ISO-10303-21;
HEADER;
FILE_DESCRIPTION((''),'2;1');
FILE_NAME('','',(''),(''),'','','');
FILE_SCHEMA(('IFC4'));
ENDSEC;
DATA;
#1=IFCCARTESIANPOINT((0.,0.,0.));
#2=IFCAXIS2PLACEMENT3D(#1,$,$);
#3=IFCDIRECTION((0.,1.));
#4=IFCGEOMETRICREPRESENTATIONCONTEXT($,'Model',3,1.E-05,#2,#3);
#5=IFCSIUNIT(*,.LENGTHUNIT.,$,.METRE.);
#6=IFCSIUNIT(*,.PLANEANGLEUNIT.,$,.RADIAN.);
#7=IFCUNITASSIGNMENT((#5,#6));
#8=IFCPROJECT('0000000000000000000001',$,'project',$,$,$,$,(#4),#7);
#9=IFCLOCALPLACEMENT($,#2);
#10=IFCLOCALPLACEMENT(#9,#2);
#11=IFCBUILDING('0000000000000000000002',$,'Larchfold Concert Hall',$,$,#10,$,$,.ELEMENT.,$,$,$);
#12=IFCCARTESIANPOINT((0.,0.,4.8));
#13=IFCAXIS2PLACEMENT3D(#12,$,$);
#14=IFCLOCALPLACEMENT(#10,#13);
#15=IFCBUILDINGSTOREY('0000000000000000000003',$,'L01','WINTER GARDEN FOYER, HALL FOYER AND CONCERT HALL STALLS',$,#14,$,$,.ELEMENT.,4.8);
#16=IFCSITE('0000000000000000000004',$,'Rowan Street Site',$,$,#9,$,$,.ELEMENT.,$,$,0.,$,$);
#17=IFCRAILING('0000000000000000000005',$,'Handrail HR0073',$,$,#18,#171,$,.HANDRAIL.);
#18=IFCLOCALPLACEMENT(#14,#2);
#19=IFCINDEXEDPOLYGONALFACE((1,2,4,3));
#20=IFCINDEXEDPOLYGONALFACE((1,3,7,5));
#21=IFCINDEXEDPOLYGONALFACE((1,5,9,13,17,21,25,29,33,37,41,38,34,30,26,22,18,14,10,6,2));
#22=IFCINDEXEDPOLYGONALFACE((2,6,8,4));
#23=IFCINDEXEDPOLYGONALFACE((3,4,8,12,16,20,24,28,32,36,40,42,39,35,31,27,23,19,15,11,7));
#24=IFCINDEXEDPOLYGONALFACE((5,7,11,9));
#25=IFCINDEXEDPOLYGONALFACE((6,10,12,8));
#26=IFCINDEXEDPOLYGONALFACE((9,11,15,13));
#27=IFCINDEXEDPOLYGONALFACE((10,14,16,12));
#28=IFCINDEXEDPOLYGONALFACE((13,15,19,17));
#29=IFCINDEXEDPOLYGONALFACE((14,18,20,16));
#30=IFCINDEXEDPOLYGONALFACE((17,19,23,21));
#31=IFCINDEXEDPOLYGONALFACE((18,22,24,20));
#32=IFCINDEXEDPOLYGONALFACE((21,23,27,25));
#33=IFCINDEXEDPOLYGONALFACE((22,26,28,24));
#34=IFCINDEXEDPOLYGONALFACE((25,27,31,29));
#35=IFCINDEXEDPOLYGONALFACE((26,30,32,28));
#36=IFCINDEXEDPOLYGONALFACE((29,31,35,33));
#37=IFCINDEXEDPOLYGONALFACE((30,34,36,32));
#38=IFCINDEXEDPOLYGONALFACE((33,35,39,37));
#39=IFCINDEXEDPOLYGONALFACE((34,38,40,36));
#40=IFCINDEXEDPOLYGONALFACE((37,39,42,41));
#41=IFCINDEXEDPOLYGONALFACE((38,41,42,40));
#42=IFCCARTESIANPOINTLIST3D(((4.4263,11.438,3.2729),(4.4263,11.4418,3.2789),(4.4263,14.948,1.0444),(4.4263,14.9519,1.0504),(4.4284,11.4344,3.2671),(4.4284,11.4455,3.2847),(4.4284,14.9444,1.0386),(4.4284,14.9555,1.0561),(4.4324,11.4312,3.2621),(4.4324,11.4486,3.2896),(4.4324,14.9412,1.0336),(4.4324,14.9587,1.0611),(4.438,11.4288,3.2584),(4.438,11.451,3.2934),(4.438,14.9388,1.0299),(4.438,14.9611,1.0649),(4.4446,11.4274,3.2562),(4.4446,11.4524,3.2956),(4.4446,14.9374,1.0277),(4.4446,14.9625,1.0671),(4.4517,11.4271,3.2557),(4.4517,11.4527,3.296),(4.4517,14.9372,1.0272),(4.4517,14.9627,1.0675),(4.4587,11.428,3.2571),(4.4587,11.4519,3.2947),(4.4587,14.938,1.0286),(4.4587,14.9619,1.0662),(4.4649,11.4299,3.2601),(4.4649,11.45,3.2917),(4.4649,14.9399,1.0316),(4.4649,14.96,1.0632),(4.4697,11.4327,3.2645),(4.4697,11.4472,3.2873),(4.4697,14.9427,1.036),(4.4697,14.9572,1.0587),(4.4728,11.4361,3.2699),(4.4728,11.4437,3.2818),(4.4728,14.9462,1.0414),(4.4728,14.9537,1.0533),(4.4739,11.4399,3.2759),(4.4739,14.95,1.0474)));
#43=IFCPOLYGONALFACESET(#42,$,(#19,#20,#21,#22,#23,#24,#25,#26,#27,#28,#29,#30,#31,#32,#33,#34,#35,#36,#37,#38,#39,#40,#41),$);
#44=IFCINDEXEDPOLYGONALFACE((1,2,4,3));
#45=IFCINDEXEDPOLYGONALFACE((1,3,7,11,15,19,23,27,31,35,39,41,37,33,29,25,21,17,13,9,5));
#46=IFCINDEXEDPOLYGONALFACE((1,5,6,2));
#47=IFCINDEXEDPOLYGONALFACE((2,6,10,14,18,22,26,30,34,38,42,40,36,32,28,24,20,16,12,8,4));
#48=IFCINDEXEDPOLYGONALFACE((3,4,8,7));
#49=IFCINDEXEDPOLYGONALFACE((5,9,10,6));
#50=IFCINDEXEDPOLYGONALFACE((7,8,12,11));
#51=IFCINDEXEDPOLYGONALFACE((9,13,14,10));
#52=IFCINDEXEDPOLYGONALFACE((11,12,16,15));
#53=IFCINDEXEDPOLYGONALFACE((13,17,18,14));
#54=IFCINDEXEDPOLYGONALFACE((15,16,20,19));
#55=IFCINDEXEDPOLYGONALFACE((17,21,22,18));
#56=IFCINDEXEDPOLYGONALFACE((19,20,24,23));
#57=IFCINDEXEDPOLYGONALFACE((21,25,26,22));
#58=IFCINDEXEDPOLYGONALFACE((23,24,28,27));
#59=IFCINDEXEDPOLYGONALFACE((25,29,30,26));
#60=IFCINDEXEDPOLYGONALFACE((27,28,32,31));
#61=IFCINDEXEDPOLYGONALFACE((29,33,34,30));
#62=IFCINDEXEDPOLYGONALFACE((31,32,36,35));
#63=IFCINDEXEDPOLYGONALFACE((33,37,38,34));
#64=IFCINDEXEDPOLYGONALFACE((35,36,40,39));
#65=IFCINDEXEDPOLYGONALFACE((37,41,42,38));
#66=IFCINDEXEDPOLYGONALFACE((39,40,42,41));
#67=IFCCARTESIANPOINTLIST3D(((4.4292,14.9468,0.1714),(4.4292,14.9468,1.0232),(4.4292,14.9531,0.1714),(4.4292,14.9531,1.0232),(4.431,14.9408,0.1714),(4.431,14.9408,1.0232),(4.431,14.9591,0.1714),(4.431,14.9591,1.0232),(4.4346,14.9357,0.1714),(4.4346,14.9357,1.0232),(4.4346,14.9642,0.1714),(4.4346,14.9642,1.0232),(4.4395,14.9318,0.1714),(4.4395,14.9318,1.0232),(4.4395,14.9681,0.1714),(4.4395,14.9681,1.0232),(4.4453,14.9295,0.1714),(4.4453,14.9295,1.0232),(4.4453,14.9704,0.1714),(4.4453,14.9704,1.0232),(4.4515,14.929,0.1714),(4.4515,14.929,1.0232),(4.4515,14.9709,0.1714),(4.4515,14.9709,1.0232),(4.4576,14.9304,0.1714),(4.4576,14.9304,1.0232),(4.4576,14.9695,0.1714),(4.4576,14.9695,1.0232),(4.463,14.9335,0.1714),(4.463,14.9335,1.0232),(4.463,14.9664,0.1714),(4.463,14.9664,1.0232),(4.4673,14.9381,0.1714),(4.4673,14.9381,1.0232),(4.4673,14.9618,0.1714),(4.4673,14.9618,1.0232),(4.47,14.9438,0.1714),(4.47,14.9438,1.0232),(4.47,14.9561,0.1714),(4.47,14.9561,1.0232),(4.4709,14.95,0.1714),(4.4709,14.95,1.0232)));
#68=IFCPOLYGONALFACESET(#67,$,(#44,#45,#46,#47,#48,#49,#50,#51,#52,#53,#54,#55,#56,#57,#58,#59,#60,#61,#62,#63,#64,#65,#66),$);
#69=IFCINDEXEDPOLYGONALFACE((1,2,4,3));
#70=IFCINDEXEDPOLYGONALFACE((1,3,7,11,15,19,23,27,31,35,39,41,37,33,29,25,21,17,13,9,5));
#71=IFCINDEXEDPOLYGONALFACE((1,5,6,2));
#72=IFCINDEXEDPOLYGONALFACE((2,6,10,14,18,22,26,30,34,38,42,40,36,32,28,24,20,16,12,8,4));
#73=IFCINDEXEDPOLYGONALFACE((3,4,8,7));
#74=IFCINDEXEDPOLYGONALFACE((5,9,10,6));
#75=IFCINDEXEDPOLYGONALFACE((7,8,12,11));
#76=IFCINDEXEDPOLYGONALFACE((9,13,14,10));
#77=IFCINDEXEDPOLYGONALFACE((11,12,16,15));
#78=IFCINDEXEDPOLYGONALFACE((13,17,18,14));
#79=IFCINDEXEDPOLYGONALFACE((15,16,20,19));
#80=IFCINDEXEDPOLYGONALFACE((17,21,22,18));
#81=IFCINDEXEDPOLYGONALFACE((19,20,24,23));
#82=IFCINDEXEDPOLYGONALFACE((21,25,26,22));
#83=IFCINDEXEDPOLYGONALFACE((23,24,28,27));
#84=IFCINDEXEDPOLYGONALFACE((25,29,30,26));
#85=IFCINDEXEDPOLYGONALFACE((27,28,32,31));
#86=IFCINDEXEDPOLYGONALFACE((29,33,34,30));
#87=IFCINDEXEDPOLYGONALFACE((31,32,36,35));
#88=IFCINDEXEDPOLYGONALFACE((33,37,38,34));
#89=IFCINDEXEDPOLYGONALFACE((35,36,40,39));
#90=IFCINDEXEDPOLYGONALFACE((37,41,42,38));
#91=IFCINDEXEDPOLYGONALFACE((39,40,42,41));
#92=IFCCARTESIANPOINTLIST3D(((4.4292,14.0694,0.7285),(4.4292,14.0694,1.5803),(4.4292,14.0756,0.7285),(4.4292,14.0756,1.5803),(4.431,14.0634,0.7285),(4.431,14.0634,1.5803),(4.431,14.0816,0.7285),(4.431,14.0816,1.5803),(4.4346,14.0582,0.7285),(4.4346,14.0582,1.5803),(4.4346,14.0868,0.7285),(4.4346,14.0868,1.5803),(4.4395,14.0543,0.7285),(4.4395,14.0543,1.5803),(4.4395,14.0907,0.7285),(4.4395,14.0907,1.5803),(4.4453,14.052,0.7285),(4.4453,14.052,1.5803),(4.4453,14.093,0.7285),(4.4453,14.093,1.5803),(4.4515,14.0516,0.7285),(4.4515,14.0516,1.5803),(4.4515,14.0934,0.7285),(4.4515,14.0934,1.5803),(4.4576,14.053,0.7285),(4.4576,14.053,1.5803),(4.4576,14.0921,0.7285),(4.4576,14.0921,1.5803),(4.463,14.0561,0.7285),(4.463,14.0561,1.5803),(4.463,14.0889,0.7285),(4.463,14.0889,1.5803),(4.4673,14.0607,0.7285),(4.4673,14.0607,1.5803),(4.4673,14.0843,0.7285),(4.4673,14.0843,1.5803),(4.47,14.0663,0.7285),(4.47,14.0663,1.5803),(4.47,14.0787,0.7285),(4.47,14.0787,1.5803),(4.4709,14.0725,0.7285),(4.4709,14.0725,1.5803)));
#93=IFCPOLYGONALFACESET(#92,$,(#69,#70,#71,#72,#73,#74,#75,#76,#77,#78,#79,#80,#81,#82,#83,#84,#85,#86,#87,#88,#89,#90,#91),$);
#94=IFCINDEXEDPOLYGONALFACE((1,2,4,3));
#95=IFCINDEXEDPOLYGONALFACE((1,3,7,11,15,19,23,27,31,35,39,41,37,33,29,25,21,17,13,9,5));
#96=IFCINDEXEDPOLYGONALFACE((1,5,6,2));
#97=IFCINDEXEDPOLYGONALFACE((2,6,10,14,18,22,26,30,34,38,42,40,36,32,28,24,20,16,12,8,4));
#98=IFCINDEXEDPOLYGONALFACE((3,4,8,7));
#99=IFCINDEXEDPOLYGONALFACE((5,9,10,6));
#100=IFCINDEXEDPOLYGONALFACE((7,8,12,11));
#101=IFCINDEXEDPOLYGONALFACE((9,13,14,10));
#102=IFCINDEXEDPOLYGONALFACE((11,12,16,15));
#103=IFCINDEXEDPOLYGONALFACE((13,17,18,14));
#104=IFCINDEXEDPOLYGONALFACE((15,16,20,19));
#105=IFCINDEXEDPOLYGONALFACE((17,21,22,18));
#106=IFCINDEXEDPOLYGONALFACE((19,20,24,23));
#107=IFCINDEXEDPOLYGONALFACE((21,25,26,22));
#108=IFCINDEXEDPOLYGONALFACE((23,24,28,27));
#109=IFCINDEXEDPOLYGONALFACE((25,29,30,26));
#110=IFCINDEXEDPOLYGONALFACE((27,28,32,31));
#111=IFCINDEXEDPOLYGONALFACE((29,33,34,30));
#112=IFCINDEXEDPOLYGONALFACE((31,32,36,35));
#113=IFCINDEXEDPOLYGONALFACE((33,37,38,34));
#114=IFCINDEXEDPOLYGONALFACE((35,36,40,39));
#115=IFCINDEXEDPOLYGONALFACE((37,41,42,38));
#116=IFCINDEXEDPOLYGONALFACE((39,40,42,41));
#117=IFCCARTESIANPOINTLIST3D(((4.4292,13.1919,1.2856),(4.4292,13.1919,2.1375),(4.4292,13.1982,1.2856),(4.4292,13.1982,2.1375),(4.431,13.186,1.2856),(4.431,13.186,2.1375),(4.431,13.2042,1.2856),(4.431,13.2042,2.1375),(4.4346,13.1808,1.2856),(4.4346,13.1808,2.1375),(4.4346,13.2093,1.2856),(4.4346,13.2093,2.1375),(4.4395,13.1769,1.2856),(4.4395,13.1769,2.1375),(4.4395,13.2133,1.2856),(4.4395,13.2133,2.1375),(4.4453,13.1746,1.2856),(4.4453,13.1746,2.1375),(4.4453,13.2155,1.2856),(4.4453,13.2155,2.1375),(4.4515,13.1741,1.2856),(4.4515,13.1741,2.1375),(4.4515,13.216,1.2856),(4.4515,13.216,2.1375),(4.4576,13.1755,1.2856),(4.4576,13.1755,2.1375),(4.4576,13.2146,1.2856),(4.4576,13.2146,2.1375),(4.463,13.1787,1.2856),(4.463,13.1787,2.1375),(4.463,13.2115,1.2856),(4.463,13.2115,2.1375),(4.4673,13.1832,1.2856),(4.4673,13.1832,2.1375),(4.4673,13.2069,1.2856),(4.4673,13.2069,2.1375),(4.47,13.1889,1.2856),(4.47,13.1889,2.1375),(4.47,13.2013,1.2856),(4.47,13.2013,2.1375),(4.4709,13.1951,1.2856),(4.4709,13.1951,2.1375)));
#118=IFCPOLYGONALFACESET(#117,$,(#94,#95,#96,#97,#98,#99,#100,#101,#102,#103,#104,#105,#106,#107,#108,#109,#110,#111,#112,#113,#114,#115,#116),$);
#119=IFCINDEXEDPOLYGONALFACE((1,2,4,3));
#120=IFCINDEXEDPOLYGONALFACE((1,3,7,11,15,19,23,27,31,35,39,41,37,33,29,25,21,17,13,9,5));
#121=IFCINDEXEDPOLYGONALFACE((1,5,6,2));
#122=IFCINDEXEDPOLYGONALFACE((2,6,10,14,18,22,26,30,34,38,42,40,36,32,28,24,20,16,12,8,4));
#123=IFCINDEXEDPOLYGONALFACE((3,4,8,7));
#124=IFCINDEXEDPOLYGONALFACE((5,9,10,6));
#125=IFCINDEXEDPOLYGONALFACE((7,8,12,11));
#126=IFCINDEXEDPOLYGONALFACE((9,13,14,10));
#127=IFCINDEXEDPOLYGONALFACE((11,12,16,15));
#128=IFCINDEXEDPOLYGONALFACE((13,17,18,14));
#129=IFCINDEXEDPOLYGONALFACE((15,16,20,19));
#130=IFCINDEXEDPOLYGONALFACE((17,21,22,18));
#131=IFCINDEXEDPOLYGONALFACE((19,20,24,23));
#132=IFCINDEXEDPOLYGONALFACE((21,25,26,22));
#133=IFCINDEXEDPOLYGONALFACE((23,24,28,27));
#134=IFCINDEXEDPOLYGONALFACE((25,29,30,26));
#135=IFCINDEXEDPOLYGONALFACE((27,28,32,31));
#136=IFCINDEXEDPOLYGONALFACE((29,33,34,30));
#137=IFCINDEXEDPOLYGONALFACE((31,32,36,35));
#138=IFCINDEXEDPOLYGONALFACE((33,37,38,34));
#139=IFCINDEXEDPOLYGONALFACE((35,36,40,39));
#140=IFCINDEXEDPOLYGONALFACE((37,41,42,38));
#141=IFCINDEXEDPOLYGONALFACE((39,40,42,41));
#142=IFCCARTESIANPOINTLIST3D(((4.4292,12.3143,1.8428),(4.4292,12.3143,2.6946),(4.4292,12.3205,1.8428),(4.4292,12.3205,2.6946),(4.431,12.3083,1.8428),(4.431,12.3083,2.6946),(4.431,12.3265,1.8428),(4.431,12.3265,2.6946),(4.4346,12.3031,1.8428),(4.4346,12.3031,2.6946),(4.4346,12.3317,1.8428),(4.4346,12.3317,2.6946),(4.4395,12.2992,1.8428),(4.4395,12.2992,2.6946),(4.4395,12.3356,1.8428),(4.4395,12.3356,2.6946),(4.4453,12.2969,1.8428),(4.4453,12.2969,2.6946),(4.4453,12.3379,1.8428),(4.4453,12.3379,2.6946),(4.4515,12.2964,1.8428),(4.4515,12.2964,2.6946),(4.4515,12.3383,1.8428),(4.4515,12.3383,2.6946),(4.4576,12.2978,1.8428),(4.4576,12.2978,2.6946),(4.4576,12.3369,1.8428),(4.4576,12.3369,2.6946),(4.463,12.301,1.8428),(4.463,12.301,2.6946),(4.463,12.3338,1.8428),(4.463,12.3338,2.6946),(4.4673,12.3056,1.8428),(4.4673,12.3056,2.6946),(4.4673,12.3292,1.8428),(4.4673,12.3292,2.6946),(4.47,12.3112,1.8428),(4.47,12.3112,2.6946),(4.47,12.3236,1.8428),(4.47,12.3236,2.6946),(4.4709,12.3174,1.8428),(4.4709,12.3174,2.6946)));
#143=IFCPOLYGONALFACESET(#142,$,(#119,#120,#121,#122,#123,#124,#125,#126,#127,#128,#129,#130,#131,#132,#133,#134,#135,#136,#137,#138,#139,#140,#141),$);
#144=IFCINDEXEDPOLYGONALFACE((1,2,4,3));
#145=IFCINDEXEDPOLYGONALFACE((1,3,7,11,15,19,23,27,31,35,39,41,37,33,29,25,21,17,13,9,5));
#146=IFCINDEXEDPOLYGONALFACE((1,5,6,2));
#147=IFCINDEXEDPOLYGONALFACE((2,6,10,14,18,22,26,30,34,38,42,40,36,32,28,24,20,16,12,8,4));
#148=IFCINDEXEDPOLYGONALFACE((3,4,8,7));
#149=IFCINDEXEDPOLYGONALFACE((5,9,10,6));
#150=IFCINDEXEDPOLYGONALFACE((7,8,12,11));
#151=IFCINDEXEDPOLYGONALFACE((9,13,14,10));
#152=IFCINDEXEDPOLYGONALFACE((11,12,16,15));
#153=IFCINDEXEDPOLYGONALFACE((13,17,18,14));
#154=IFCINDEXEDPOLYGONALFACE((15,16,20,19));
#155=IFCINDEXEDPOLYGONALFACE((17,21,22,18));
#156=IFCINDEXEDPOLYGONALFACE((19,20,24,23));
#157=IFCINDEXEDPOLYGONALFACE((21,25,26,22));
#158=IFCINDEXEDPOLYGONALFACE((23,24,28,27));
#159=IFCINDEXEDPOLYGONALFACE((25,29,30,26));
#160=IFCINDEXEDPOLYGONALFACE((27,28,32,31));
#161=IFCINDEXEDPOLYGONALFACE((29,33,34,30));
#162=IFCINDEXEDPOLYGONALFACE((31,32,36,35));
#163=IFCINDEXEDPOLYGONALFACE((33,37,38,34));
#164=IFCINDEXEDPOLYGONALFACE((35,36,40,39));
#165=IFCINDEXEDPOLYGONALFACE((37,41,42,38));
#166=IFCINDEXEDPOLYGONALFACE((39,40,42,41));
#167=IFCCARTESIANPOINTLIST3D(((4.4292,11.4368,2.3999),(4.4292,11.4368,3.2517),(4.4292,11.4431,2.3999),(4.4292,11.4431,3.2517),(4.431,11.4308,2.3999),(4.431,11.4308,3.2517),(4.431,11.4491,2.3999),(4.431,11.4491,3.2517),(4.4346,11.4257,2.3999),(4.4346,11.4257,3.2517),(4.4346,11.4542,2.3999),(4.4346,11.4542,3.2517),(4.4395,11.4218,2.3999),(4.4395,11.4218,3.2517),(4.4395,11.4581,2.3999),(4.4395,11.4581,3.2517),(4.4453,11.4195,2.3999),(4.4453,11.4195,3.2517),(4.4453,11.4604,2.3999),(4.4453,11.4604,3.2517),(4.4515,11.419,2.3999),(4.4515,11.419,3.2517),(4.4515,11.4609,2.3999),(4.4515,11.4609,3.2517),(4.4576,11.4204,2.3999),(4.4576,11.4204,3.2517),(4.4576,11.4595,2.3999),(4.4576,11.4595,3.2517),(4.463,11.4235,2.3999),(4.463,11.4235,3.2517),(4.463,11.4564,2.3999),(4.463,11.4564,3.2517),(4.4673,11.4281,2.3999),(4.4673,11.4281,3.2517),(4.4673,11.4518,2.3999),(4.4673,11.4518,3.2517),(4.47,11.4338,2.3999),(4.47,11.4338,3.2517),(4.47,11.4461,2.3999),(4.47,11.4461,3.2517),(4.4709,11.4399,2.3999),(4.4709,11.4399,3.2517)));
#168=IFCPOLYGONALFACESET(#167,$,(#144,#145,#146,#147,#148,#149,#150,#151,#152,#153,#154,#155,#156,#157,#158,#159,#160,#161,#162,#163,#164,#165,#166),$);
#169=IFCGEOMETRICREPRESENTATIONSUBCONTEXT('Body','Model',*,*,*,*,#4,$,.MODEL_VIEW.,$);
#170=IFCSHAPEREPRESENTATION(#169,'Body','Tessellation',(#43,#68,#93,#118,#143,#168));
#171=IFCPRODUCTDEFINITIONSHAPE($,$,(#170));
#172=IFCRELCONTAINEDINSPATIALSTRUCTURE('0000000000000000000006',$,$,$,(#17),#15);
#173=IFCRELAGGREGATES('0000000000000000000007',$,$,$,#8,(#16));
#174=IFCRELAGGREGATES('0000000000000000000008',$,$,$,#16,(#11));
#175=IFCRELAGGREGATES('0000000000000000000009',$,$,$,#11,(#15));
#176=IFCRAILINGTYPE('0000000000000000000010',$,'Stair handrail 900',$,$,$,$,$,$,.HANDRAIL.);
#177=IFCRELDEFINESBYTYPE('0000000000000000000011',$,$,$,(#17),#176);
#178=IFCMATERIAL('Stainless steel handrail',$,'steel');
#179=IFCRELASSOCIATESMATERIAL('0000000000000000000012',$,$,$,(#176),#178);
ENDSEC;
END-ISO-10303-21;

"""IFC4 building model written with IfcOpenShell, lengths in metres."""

from ifc_helpers import new_model, si_unit, direction, frame, origin, origin_2d, place, context, subcontext, project, spatial, circle, extrude, material, type_object, element, save


model = new_model("IFC4")

# Units and contexts
model_context = context("Model", 3, precision=1e-05, world=origin(), true_north=direction((0.0, 1.0)))
body_context = subcontext(model_context, "Body", "Model", "MODEL_VIEW")
ifc_project = project(units=[si_unit("LENGTHUNIT", "METRE"), si_unit("PLANEANGLEUNIT", "RADIAN")], contexts=[model_context])

# Site, building, storey
site_placement = place(None, origin())
site = spatial("IfcSite", under=ifc_project, at=site_placement, Name="Rowan Street Site", CompositionType="ELEMENT", RefElevation=0.0)
building_placement = place(site_placement, origin())
building = spatial("IfcBuilding", under=site, at=building_placement, Name="Larchfold Concert Hall", CompositionType="ELEMENT")
storey_placement = place(building_placement, frame((0.0, 0.0, 4.8)))
storey = spatial("IfcBuildingStorey", under=building, at=storey_placement, Name="L01", Description="WINTER GARDEN FOYER, HALL FOYER AND CONCERT HALL STALLS", CompositionType="ELEMENT", Elevation=4.8)

# Railing
ifc_material_1 = material(Name="Stainless steel handrail", Category="steel")
railing_type_1 = type_object("IfcRailingType", Name="Stair handrail 900", PredefinedType="HANDRAIL", material=ifc_material_1)
railing_1_placement = place(storey_placement, frame((4.45, 14.95, 0.1714)))
element("IfcRailing", 1, at=railing_1_placement, inside=storey, type_object=railing_type_1, Name="Handrail HR0073", PredefinedType="HANDRAIL", context=body_context, shape_type="SweptSolid", body=[
    extrude(circle(Radius=0.0239, at=origin_2d()), frame((0.0, 0.0, 0.876), z_axis=(0.0, -0.84422, 0.535998), x_axis=(1.0, 0.0, 0.0)), (0.0, 0.0, 1.0), 4.1577),
    extrude(circle(Radius=0.021, at=origin_2d()), origin(), (0.0, 0.0, 1.0), 0.8518),
    extrude(circle(Radius=0.021, at=origin_2d()), frame((0.0, -0.8774, 0.5571)), (0.0, 0.0, 1.0), 0.8518),
    extrude(circle(Radius=0.021, at=origin_2d()), frame((0.0, -1.7549, 1.1143)), (0.0, 0.0, 1.0), 0.8518),
    extrude(circle(Radius=0.021, at=origin_2d()), frame((0.0, -2.6326, 1.6714)), (0.0, 0.0, 1.0), 0.8518),
    extrude(circle(Radius=0.021, at=origin_2d()), frame((0.0, -3.51, 2.2285)), (0.0, 0.0, 1.0), 0.8518),
])

save(model, "model.ifc")
